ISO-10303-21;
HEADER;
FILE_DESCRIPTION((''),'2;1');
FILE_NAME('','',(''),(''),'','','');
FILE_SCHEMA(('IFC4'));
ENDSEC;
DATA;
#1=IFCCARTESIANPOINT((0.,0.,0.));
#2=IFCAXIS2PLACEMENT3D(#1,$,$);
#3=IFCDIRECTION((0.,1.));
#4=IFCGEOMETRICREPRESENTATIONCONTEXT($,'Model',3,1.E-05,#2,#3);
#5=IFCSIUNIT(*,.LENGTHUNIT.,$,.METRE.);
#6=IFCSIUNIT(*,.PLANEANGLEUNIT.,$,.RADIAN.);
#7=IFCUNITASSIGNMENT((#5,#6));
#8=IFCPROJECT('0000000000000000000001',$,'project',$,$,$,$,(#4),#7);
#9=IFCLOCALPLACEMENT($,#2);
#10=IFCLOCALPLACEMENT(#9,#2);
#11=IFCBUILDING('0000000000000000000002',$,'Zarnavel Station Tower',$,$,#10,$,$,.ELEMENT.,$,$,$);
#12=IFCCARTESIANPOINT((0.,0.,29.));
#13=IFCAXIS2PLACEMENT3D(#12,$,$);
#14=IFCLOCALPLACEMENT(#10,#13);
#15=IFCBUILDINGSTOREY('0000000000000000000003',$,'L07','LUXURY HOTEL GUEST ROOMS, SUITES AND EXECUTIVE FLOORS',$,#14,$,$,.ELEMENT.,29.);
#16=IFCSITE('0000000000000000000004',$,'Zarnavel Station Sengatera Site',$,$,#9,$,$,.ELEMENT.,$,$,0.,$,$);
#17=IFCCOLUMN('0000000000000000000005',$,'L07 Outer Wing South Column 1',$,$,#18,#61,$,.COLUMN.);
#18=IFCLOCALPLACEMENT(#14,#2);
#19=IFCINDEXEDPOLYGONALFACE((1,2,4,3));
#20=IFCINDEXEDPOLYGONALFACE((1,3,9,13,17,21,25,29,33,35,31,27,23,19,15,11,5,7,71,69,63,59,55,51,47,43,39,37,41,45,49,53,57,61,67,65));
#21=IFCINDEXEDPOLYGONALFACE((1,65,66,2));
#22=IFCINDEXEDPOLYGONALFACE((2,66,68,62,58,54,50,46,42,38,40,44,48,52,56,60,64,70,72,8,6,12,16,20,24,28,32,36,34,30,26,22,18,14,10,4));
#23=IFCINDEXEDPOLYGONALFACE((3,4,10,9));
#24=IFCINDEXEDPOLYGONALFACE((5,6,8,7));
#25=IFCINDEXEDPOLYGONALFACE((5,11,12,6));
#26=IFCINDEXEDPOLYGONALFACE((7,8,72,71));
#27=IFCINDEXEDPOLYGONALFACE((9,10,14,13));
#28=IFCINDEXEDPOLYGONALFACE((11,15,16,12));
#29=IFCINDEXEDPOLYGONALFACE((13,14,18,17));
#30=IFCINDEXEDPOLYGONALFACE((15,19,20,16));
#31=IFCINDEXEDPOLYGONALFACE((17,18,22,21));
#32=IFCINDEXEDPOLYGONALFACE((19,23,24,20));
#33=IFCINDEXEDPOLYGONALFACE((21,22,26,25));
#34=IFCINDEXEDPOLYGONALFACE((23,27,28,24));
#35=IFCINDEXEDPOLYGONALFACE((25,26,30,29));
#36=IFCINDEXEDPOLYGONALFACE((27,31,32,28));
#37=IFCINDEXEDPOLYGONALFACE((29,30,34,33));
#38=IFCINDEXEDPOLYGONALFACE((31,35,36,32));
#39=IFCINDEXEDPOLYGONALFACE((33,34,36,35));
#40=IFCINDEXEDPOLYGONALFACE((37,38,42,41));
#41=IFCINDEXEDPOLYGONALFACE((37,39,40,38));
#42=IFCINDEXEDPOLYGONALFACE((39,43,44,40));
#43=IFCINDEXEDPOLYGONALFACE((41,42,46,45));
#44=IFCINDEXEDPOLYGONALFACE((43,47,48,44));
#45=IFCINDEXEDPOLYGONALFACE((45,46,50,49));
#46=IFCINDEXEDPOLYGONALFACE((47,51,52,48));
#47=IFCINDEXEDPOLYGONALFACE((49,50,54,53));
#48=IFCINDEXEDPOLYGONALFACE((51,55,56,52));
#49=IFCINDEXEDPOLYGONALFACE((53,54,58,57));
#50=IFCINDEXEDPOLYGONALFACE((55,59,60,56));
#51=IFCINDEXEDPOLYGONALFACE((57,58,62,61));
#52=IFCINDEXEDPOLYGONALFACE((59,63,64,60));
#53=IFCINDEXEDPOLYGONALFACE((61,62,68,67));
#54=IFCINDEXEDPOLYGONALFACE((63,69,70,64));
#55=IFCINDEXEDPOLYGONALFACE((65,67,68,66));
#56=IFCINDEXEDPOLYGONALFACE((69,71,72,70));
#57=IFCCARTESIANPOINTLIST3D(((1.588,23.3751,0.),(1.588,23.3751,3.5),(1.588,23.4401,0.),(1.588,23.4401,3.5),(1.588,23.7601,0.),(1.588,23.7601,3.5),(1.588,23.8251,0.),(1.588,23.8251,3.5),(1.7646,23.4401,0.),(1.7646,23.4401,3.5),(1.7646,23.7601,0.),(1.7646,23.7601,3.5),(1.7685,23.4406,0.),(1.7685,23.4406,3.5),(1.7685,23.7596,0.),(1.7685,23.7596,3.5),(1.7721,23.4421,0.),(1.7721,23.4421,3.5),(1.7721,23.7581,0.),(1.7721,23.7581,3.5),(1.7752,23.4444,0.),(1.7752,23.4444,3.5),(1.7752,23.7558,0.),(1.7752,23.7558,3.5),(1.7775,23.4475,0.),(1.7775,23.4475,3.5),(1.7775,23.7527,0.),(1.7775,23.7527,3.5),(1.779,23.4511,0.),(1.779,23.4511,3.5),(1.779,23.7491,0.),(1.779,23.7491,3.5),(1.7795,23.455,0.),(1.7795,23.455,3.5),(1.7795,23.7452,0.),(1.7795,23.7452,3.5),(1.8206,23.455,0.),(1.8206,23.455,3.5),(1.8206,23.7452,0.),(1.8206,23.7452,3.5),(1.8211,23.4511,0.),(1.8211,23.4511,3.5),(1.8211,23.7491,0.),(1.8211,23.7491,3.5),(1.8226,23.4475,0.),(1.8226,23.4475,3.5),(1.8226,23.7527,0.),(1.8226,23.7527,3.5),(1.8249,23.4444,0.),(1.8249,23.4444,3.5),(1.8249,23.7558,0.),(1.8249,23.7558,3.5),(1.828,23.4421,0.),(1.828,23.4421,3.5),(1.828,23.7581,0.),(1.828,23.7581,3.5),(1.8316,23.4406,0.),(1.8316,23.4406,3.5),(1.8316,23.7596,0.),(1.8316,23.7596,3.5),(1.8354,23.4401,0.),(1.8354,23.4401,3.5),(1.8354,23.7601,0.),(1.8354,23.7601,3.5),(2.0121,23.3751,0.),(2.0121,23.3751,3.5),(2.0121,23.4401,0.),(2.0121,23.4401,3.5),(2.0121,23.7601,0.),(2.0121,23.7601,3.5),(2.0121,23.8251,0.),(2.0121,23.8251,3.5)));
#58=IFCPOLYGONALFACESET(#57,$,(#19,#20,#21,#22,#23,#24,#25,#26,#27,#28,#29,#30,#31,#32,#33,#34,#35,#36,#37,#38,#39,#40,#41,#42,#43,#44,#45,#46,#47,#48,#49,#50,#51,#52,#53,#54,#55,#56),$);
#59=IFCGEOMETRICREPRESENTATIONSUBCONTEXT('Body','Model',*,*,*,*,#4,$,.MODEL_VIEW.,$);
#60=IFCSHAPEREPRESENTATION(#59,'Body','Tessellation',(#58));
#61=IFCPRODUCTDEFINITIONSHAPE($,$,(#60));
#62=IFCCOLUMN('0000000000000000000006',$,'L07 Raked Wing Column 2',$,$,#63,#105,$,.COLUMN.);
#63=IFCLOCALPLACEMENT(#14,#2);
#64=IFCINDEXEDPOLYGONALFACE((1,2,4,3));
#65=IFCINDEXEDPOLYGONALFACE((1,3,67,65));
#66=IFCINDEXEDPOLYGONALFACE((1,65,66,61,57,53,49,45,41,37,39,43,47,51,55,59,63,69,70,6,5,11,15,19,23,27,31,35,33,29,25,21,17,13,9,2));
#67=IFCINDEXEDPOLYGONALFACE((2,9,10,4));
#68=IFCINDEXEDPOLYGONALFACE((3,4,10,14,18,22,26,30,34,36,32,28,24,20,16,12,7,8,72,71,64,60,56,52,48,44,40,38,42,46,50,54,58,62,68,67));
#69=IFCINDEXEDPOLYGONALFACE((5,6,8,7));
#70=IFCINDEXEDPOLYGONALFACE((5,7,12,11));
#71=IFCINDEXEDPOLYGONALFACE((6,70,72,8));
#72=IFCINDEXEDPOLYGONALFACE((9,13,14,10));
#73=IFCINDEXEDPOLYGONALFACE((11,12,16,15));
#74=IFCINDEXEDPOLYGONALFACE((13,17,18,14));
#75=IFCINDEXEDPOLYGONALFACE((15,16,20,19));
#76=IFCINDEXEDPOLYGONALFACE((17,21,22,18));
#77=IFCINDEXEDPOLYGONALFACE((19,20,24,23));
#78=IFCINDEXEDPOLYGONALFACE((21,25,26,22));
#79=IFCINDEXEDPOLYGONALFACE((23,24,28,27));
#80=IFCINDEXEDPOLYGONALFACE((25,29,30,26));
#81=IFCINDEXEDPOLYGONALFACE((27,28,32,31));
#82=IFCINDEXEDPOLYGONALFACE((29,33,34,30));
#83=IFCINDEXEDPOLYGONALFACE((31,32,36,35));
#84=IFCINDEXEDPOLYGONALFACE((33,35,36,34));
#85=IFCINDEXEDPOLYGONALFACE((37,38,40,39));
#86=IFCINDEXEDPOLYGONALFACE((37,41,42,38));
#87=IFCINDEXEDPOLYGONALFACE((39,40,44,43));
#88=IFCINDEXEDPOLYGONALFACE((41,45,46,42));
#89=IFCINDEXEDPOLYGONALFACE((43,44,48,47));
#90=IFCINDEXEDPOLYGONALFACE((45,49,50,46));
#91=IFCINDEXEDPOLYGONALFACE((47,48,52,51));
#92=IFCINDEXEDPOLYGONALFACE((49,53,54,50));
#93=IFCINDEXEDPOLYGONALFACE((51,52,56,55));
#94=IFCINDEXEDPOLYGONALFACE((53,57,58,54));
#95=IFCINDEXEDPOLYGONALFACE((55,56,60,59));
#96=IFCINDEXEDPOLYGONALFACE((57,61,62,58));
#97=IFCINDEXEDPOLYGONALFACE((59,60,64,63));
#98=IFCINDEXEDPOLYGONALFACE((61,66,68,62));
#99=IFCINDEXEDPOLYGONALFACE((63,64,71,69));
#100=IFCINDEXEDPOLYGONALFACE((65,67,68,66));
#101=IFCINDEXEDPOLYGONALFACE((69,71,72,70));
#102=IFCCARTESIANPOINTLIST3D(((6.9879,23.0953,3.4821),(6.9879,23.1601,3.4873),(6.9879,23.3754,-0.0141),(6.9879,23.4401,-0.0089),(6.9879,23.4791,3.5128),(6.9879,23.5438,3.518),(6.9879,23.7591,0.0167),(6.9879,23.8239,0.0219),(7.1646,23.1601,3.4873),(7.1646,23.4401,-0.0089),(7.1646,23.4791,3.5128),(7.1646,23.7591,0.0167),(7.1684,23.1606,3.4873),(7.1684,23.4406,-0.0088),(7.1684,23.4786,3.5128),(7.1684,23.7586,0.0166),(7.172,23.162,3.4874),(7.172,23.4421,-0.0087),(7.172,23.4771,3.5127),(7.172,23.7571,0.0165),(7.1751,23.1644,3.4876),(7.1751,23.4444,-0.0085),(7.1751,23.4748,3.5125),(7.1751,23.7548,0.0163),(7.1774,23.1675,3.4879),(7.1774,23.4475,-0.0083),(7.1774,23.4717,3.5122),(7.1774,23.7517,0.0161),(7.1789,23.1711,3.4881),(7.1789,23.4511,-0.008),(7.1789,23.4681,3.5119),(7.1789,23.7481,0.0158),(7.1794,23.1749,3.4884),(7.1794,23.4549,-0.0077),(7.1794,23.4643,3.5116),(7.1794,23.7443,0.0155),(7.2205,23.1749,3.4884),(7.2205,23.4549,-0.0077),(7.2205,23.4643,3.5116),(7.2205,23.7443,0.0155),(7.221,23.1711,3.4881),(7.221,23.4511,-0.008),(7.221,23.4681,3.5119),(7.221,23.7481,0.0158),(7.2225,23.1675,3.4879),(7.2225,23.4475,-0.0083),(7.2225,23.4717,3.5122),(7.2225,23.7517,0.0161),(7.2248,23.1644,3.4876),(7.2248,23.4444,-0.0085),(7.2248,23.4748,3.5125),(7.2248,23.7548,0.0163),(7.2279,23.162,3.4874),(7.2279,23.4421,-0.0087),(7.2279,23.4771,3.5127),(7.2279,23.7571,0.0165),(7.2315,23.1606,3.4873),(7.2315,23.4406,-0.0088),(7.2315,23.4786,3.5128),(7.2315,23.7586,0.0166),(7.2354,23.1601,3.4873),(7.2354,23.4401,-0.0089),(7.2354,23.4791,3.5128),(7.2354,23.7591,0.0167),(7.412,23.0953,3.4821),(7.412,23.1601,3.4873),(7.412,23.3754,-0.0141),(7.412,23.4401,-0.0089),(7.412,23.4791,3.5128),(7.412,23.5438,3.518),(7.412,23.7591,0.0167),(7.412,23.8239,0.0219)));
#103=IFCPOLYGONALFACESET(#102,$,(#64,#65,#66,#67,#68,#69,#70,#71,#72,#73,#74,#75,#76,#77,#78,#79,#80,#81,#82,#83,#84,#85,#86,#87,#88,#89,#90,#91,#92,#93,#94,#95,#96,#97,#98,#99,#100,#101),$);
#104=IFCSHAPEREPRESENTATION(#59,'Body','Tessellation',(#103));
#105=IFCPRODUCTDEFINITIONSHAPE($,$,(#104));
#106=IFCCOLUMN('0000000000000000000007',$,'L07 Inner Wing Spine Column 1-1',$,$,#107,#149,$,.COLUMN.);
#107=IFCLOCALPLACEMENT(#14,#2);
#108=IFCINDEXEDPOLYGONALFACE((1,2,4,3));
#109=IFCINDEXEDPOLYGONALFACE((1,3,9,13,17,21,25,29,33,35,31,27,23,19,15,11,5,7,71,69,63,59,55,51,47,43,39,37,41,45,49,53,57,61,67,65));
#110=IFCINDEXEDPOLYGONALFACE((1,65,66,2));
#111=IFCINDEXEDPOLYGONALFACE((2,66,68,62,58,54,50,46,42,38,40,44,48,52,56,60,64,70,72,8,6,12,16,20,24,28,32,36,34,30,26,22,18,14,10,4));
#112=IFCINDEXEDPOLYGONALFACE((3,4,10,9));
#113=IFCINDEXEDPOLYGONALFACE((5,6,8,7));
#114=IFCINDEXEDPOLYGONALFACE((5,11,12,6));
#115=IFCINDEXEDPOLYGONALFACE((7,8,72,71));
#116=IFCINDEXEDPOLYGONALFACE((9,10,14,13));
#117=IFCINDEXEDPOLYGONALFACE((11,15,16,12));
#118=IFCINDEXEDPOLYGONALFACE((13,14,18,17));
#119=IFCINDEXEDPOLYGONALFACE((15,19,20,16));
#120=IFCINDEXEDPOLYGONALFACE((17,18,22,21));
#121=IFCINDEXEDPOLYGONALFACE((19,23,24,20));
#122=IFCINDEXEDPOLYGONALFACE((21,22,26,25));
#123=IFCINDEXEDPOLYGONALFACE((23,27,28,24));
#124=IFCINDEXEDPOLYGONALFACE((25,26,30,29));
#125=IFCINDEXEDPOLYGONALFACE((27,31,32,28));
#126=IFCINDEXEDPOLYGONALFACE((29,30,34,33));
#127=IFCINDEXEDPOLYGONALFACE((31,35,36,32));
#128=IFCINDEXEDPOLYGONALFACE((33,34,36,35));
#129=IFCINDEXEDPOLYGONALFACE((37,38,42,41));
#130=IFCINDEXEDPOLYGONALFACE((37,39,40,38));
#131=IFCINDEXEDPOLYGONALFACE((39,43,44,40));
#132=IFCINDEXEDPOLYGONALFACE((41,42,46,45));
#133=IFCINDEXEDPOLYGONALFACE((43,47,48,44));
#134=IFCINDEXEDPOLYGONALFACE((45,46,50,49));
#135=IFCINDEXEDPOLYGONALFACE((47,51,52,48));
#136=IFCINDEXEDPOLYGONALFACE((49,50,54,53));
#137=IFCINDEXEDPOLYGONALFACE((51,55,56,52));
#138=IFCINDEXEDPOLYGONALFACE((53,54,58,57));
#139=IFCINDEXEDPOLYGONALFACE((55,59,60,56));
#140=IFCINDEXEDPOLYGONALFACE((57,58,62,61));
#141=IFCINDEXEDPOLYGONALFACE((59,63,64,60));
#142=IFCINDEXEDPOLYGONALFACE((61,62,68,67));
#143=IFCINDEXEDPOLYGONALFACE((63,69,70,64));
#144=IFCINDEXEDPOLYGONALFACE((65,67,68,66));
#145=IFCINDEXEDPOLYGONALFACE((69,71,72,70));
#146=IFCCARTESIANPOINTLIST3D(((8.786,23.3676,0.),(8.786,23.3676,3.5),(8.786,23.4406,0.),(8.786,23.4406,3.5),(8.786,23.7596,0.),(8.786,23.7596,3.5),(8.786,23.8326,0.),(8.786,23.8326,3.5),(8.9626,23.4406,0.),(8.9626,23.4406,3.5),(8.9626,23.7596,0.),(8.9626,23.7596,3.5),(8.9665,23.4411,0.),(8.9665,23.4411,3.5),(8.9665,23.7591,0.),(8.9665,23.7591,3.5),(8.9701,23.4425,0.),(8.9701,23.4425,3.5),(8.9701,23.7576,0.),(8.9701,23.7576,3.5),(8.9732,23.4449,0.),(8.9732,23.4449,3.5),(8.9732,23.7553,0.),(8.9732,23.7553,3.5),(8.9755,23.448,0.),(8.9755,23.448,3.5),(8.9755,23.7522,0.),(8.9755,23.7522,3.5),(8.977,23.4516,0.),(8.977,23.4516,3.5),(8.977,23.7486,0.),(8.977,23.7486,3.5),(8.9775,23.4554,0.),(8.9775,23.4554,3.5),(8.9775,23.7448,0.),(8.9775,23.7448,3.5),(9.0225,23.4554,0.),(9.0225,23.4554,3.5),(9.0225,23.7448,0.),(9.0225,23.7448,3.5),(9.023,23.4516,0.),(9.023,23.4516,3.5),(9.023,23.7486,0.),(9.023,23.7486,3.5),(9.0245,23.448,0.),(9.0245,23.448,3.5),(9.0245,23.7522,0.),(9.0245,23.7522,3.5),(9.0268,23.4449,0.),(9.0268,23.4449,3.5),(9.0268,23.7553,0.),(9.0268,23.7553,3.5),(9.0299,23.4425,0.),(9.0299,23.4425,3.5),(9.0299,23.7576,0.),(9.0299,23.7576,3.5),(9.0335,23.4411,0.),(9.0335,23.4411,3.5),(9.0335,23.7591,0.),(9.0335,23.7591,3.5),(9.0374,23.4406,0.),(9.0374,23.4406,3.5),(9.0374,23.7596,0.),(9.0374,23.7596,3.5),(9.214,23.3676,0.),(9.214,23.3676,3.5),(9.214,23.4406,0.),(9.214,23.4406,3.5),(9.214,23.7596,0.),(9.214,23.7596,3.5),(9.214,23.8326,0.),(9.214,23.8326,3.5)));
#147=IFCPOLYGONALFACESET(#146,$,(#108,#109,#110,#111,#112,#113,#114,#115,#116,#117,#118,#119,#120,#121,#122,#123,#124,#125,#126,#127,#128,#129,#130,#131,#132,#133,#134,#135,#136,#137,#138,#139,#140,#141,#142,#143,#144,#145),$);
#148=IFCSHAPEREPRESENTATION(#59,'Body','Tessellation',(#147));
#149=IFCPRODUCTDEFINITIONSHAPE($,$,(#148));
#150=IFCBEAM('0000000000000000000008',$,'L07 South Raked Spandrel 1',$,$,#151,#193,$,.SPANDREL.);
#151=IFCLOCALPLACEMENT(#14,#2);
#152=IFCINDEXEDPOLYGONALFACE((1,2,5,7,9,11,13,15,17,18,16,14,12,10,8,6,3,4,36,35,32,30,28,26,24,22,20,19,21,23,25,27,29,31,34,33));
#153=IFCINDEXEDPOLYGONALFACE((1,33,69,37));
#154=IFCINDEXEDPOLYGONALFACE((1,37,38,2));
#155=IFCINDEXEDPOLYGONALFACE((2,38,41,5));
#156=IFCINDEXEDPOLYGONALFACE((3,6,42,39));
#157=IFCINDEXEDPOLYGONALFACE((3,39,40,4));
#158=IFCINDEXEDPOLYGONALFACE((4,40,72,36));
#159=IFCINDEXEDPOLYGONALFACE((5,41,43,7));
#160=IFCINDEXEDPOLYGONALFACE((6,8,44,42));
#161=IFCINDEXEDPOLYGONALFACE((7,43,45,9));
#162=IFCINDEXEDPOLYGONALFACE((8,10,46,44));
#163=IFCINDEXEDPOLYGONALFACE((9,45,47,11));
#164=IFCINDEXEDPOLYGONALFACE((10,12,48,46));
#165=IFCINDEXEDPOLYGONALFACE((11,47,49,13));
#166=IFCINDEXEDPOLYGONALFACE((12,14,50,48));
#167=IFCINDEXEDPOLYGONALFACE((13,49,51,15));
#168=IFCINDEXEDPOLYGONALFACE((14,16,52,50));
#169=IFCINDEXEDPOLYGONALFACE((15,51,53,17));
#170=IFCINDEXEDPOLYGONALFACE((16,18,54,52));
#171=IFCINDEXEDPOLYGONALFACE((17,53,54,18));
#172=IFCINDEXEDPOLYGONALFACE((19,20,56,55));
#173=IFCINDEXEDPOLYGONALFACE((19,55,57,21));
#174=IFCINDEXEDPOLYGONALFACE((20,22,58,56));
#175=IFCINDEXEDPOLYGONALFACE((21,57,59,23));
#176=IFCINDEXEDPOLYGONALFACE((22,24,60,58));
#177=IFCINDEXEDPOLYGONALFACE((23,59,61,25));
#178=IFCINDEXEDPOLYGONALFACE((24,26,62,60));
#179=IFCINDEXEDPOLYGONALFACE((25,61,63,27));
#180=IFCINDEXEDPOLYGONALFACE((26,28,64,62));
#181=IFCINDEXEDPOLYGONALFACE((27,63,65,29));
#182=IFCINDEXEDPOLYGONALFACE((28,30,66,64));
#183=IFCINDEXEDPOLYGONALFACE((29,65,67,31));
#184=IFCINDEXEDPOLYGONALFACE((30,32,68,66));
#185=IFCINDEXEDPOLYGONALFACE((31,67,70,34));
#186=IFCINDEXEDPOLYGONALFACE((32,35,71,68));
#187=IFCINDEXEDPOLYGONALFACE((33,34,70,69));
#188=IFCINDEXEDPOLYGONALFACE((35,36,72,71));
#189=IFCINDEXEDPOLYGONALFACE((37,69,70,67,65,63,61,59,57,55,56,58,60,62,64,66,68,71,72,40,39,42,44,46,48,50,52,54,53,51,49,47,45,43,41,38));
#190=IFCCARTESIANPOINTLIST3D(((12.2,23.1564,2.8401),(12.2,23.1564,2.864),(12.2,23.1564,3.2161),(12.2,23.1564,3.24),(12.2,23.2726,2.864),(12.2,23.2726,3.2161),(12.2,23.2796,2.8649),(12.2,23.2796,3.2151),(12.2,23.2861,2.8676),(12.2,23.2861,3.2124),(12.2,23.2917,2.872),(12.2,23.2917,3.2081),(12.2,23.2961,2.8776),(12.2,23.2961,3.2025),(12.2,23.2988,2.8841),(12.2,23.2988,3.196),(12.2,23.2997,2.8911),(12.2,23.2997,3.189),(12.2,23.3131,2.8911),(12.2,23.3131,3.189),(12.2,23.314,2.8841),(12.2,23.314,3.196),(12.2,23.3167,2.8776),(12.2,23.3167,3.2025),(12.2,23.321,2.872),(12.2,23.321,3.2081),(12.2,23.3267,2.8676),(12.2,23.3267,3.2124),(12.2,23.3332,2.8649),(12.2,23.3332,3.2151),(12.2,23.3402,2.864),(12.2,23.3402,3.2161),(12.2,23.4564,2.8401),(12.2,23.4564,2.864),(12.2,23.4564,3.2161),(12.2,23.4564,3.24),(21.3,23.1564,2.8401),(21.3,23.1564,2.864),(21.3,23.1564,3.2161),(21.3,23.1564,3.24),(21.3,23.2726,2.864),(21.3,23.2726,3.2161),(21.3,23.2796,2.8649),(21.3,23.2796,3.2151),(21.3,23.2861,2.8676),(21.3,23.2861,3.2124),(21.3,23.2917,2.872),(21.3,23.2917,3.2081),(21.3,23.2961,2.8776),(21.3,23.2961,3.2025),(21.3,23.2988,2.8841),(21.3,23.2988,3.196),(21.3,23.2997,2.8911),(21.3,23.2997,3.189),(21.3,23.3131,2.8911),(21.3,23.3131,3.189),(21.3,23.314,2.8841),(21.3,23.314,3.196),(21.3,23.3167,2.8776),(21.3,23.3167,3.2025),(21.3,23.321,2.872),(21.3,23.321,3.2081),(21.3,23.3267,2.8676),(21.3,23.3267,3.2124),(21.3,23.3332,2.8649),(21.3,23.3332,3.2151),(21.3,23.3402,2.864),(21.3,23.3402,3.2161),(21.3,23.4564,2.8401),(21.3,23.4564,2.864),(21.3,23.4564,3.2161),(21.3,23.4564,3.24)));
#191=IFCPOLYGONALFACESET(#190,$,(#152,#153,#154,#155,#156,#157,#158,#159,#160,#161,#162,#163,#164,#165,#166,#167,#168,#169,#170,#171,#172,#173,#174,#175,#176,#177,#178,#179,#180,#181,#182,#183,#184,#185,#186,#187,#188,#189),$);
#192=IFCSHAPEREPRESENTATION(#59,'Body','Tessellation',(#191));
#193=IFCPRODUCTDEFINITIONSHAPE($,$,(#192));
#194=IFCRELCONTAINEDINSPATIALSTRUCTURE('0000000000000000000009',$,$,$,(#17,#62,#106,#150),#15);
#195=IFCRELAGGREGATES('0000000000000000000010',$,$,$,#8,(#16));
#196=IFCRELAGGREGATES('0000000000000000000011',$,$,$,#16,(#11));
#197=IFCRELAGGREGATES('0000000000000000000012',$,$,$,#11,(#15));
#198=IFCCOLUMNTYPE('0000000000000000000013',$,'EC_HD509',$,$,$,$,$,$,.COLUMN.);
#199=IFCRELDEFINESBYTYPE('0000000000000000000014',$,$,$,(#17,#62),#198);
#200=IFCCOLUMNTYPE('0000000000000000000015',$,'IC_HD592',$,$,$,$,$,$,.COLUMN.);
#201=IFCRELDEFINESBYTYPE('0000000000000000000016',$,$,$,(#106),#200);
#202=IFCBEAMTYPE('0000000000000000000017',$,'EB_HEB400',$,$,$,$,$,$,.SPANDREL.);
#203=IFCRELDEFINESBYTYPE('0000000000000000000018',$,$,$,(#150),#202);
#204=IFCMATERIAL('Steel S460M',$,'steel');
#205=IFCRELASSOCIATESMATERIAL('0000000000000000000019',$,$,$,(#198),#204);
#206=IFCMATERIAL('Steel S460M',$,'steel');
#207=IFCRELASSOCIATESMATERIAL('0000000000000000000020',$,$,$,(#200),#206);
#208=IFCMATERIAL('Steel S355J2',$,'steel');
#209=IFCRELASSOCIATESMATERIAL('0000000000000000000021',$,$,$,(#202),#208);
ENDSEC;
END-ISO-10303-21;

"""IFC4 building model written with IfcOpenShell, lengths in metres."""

from ifc_helpers import new_model, si_unit, direction, frame, origin, origin_2d, place, context, subcontext, project, spatial, i_section, extrude, material, material_profile, profile_set, type_object, element, save


model = new_model("IFC4")

# Units and contexts
model_context = context("Model", 3, precision=1e-05, world=origin(), true_north=direction((0.0, 1.0)))
body_context = subcontext(model_context, "Body", "Model", "MODEL_VIEW")
ifc_project = project(units=[si_unit("LENGTHUNIT", "METRE"), si_unit("PLANEANGLEUNIT", "RADIAN")], contexts=[model_context])

# Site, building, storey
site_placement = place(None, origin())
site = spatial("IfcSite", under=ifc_project, at=site_placement, Name="Zarnavel Station Sengatera Site", CompositionType="ELEMENT", RefElevation=0.0)
building_placement = place(site_placement, origin())
building = spatial("IfcBuilding", under=site, at=building_placement, Name="Zarnavel Station Tower", CompositionType="ELEMENT")
storey_placement = place(building_placement, frame((0.0, 0.0, 29.0)))
storey = spatial("IfcBuildingStorey", under=building, at=storey_placement, Name="L07", Description="LUXURY HOTEL GUEST ROOMS, SUITES AND EXECUTIVE FLOORS", CompositionType="ELEMENT", Elevation=29.0)

# Columns
ifc_material_1 = material(Name="Steel S460M", Category="steel")
ifc_material_profile_1 = material_profile(ifc_material_1, i_section(OverallWidth=0.4241, OverallDepth=0.45, WebThickness=0.041, FlangeThickness=0.0649, FilletRadius=0.0149, at=origin_2d()), Name="HD400x509")
ifc_profile_set_1 = profile_set([ifc_material_profile_1], Name="Steel S460M")
column_type_1 = type_object("IfcColumnType", Name="EC_HD509", PredefinedType="COLUMN", material=ifc_profile_set_1)
column_1_placement = place(storey_placement, frame((1.8, 23.6001, 0.0), z_axis=(0.0, 0.0, 1.0), x_axis=(1.0, 0.0, 0.0)))
element("IfcColumn", 1, at=column_1_placement, inside=storey, type_object=column_type_1, Name="L07 Outer Wing South Column 1", PredefinedType="COLUMN", context=body_context, shape_type="SweptSolid", body=[
    extrude(i_section(OverallWidth=0.4241, OverallDepth=0.45, WebThickness=0.041, FlangeThickness=0.0649, FilletRadius=0.0149, at=origin_2d()), origin(), (0.0, 0.0, 1.0), 3.5),
])
column_2_placement = place(storey_placement, frame((7.2, 23.5996, 0.0039), z_axis=(0.0, -0.079842, 0.996808), x_axis=(1.0, 0.0, 0.0)))
element("IfcColumn", 2, at=column_2_placement, inside=storey, type_object=column_type_1, Name="L07 Raked Wing Column 2", PredefinedType="COLUMN", context=body_context, shape_type="SweptSolid", body=[
    extrude(i_section(OverallWidth=0.4241, OverallDepth=0.45, WebThickness=0.041, FlangeThickness=0.0649, FilletRadius=0.0149, at=origin_2d()), origin(), (0.0, 0.0, 1.0), 3.5073),
])
ifc_material_2 = material(Name="Steel S460M", Category="steel")
ifc_material_profile_2 = material_profile(ifc_material_2, i_section(OverallWidth=0.428, OverallDepth=0.4651, WebThickness=0.0449, FlangeThickness=0.073, FilletRadius=0.0149, at=origin_2d()), Name="HD400x592")
ifc_profile_set_2 = profile_set([ifc_material_profile_2], Name="Steel S460M")
column_type_2 = type_object("IfcColumnType", Name="IC_HD592", PredefinedType="COLUMN", material=ifc_profile_set_2)
column_3_placement = place(storey_placement, frame((9.0, 23.6001, 0.0), z_axis=(0.0, 0.0, 1.0), x_axis=(1.0, 0.0, 0.0)))
element("IfcColumn", 3, at=column_3_placement, inside=storey, type_object=column_type_2, Name="L07 Inner Wing Spine Column 1-1", PredefinedType="COLUMN", context=body_context, shape_type="SweptSolid", body=[
    extrude(i_section(OverallWidth=0.428, OverallDepth=0.4651, WebThickness=0.0449, FlangeThickness=0.073, FilletRadius=0.0149, at=origin_2d()), origin(), (0.0, 0.0, 1.0), 3.5),
])

# Beam
ifc_material_3 = material(Name="Steel S355J2", Category="steel")
ifc_material_profile_3 = material_profile(ifc_material_3, i_section(OverallWidth=0.3, OverallDepth=0.3999, WebThickness=0.0134, FlangeThickness=0.0239, FilletRadius=0.0271, at=origin_2d()), Name="HEB400")
ifc_profile_set_3 = profile_set([ifc_material_profile_3], Name="Steel S355J2")
beam_type_1 = type_object("IfcBeamType", Name="EB_HEB400", PredefinedType="SPANDREL", material=ifc_profile_set_3)
beam_1_placement = place(storey_placement, frame((12.2, 23.3064, 3.04), z_axis=(1.0, 0.0, 0.0), x_axis=(0.0, 1.0, 0.0)))
element("IfcBeam", 4, at=beam_1_placement, inside=storey, type_object=beam_type_1, Name="L07 South Raked Spandrel 1", PredefinedType="SPANDREL", context=body_context, shape_type="SweptSolid", body=[
    extrude(i_section(OverallWidth=0.3, OverallDepth=0.3999, WebThickness=0.0134, FlangeThickness=0.0239, FilletRadius=0.0271, at=origin_2d()), origin(), (0.0, 0.0, 1.0), 9.1001),
])

save(model, "model.ifc")
